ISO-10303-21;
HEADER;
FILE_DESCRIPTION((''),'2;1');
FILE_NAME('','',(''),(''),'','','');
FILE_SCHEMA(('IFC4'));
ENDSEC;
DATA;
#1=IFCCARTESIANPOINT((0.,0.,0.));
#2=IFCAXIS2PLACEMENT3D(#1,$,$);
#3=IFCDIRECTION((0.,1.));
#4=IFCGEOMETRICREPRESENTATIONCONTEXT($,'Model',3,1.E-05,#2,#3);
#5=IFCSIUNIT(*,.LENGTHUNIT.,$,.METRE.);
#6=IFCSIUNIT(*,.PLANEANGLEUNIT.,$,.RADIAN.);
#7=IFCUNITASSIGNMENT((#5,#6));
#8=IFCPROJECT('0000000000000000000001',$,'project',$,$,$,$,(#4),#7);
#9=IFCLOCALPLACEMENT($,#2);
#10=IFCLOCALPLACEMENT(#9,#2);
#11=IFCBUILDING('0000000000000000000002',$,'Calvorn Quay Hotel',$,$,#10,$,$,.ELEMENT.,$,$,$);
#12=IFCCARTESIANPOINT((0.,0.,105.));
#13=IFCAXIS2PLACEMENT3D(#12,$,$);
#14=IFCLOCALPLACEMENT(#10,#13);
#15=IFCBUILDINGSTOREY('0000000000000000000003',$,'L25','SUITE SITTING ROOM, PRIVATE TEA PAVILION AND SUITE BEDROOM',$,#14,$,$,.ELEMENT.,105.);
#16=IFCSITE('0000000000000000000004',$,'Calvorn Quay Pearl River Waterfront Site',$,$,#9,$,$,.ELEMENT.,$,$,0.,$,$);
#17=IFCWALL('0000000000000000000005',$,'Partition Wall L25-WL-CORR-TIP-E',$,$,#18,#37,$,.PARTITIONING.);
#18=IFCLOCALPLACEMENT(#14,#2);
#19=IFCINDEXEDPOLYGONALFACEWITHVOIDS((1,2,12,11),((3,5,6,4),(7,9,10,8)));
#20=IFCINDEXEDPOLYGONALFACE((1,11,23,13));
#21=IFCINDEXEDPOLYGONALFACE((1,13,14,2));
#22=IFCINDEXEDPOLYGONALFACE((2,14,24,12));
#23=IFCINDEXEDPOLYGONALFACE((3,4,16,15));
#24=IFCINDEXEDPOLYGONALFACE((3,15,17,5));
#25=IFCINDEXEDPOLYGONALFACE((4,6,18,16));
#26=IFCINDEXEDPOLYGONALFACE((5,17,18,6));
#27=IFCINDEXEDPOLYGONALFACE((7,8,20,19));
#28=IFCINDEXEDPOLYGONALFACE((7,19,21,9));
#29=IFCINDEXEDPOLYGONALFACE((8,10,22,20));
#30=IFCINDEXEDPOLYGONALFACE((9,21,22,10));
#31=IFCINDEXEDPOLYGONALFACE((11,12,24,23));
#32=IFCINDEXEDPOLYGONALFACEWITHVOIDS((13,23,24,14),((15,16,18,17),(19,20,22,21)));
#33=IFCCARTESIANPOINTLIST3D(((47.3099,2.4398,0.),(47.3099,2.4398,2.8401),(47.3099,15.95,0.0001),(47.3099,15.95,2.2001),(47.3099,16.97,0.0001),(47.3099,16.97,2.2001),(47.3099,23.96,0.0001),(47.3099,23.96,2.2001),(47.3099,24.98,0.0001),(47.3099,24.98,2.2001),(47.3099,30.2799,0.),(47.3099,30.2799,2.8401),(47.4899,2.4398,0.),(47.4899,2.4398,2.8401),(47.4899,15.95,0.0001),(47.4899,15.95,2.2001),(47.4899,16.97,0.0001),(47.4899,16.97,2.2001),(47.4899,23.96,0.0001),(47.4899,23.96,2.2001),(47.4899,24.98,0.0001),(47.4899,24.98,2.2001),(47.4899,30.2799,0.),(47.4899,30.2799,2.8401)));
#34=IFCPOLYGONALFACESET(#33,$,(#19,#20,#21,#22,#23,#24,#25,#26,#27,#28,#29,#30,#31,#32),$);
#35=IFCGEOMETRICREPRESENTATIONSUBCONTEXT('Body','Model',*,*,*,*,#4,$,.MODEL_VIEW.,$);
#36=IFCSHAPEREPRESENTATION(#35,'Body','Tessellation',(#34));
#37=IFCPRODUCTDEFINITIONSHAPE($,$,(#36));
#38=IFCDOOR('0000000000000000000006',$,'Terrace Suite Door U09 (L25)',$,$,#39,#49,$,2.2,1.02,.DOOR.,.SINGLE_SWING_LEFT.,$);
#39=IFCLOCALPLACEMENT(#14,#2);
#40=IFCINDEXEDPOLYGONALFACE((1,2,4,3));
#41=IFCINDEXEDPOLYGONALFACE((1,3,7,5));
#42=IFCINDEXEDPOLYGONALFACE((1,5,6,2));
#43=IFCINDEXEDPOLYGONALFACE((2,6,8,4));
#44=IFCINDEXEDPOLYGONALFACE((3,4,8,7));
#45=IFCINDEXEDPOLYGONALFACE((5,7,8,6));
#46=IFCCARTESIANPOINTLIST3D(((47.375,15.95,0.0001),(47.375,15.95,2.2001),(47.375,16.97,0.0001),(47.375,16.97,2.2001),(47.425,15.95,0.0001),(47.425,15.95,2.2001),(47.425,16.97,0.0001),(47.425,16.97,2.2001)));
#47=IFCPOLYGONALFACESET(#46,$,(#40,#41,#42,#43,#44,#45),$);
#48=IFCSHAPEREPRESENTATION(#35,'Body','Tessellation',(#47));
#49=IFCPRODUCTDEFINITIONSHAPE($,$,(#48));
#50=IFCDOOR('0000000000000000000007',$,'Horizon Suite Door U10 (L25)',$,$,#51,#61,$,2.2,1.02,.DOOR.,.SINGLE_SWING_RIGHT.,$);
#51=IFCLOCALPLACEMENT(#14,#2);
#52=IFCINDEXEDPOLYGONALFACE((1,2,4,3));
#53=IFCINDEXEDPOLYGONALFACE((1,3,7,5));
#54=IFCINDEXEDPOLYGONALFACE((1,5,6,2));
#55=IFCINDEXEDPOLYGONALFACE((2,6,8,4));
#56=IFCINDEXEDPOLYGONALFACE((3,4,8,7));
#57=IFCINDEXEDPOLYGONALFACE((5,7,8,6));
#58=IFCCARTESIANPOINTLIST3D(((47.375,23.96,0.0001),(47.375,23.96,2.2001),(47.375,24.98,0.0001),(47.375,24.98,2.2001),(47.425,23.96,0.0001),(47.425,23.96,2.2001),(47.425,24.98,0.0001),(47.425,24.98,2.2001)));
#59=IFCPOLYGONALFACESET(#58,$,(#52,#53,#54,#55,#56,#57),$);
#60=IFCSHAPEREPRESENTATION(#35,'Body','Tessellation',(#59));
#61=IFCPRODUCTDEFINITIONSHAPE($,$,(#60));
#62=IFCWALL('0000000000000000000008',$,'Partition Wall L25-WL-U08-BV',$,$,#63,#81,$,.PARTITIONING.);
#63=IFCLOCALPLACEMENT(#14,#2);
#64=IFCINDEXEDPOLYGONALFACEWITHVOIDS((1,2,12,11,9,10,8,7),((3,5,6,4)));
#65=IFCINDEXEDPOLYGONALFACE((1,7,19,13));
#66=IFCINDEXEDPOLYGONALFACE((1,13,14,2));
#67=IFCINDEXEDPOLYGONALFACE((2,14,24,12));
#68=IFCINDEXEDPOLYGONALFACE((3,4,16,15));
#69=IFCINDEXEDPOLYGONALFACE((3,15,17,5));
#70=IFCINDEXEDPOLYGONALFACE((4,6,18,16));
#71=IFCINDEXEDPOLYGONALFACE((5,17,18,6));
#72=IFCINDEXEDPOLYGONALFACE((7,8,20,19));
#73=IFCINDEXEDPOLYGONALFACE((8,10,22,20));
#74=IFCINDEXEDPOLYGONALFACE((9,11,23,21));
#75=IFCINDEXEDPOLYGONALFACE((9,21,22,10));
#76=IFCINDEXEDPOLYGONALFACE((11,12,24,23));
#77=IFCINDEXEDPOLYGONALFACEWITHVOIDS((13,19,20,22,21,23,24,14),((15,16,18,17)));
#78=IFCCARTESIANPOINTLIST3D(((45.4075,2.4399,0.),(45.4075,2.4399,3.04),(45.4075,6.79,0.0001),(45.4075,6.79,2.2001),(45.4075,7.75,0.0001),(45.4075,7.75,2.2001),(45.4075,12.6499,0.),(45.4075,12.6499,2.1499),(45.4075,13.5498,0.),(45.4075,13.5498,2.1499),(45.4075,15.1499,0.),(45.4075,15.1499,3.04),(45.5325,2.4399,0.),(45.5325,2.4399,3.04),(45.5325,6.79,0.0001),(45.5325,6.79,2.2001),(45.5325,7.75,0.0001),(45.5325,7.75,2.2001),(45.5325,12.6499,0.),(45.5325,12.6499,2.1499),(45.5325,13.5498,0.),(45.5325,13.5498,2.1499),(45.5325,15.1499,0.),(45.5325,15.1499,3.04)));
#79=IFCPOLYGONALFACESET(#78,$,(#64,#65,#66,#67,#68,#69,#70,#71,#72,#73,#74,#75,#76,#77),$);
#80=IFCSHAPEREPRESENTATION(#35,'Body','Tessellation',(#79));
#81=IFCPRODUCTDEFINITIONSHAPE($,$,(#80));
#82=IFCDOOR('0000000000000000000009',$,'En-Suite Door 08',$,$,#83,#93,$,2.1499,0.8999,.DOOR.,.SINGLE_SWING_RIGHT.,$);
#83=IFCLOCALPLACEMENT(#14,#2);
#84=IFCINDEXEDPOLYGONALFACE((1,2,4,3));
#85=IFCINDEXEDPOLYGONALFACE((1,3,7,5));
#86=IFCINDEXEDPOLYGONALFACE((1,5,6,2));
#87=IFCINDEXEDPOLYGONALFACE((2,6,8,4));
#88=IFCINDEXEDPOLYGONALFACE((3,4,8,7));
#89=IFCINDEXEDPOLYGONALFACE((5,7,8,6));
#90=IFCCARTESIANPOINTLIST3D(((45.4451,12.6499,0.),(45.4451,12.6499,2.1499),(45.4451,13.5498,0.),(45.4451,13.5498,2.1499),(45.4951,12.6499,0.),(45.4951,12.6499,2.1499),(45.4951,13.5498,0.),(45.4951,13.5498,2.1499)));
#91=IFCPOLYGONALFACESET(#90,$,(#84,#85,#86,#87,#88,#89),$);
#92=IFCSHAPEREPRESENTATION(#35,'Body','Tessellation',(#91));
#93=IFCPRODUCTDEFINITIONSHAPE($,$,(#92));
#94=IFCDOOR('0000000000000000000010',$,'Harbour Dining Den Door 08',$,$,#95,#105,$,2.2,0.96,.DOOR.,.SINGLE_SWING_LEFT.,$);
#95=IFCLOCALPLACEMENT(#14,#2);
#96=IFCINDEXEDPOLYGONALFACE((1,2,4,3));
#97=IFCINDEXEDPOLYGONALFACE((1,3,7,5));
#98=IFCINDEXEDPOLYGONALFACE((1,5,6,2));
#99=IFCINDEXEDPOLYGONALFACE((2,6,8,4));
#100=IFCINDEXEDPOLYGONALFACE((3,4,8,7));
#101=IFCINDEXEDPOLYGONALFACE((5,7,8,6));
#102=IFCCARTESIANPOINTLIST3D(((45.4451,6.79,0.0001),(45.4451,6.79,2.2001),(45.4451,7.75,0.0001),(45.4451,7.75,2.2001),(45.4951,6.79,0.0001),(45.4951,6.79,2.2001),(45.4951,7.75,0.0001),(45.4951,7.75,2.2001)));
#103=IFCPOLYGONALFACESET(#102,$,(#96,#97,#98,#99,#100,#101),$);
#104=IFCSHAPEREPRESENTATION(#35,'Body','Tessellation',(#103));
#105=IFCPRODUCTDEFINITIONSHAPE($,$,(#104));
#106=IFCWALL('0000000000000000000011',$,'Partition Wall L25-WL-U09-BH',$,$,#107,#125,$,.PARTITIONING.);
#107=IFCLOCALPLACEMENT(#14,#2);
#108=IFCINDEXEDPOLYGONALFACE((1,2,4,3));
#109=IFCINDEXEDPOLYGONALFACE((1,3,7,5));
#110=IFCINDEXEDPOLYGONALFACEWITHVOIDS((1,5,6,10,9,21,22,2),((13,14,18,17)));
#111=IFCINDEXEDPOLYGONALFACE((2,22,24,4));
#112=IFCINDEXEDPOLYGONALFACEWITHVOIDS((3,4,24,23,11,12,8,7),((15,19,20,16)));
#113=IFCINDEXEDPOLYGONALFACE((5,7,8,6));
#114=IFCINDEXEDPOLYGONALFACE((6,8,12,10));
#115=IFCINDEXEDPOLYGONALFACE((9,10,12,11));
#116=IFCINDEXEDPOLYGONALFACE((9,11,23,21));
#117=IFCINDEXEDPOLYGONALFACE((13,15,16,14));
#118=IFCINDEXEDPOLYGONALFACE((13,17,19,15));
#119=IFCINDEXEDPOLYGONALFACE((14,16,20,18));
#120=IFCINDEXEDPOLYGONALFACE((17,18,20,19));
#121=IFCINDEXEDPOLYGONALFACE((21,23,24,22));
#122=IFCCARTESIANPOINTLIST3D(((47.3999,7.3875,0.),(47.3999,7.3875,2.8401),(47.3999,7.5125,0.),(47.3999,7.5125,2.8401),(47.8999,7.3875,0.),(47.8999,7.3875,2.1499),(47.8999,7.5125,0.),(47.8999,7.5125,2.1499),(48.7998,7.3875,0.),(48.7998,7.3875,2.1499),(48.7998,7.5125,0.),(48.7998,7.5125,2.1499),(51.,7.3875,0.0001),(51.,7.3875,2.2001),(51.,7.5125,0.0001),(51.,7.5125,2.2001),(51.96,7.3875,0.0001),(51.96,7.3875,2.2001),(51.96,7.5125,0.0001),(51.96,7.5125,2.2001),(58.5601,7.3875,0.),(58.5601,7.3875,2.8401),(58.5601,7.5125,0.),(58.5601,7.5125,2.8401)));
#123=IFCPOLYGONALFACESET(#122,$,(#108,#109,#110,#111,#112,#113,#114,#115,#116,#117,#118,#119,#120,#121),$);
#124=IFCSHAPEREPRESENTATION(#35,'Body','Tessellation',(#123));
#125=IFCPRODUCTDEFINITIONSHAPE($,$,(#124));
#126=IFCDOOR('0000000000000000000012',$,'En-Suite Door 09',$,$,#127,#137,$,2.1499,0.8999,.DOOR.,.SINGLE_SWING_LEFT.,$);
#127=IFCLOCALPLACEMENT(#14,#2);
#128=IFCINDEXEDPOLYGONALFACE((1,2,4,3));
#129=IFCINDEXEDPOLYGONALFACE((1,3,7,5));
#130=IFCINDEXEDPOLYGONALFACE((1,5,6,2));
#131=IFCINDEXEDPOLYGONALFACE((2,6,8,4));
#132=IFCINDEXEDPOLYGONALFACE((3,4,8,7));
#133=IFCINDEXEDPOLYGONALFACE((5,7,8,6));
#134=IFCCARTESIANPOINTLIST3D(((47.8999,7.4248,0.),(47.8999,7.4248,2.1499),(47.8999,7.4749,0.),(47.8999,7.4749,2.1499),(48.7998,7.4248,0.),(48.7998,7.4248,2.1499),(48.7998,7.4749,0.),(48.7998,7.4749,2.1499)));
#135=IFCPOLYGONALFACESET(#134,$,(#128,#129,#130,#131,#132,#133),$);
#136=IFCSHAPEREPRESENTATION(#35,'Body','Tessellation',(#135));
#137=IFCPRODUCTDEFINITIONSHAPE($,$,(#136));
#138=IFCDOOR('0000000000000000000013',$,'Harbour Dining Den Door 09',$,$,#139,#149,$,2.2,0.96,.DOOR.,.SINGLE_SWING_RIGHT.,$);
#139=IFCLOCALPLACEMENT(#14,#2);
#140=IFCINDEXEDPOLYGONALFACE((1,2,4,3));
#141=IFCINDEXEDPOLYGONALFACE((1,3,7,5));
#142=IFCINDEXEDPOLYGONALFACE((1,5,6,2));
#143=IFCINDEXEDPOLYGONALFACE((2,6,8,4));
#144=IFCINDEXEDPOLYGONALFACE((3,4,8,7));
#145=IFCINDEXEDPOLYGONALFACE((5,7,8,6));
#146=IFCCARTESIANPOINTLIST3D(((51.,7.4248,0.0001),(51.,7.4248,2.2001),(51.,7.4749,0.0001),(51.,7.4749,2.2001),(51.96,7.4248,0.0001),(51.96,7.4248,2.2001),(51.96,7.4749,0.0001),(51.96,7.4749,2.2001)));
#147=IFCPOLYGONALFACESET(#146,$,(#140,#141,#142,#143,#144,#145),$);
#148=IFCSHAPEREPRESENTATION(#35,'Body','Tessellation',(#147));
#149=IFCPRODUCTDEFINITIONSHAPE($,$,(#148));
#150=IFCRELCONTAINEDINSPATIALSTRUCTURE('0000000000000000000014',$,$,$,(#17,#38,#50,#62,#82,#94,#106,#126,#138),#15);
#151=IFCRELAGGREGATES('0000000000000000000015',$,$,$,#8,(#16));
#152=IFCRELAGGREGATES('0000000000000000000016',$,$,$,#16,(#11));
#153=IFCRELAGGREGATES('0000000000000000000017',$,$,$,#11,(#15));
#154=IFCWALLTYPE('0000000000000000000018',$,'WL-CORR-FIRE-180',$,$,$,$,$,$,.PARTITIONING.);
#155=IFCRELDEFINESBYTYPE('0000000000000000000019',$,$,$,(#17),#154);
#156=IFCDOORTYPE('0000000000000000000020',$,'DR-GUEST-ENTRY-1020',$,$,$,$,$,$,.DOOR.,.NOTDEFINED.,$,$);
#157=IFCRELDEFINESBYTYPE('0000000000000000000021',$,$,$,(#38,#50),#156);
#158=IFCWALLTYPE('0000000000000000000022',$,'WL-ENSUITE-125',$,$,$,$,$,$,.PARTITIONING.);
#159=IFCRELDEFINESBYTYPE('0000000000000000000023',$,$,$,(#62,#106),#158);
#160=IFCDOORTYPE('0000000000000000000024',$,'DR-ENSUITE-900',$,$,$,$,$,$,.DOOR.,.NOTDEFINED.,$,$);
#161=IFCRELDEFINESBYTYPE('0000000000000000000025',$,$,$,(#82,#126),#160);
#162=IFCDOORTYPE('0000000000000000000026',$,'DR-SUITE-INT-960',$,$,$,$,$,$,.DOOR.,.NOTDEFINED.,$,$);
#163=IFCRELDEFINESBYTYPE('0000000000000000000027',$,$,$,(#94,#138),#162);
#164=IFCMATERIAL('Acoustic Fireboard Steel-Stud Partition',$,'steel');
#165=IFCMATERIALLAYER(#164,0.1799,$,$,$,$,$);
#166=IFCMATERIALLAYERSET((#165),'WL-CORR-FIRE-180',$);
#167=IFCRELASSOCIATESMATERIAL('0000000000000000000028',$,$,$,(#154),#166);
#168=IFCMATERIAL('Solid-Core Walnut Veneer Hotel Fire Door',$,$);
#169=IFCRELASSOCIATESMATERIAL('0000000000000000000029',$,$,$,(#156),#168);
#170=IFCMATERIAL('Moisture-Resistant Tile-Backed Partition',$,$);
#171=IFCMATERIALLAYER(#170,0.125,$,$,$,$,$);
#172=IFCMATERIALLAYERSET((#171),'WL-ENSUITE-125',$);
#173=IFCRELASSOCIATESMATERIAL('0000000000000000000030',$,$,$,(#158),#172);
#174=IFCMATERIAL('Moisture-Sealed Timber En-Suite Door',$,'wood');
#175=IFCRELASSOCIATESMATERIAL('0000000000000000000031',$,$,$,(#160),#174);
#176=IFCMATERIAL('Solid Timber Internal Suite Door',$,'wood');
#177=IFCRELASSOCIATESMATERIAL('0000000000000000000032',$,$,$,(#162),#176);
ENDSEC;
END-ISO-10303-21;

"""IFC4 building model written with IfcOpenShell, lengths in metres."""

from ifc_helpers import new_model, si_unit, direction, frame, frame_2d, origin, place, context, subcontext, project, spatial, rectangle, extrude, material, layer, layer_set, type_object, element, fill, save


model = new_model("IFC4")

# Units and contexts
model_context = context("Model", 3, precision=1e-05, world=origin(), true_north=direction((0.0, 1.0)))
body_context = subcontext(model_context, "Body", "Model", "MODEL_VIEW")
ifc_project = project(units=[si_unit("LENGTHUNIT", "METRE"), si_unit("PLANEANGLEUNIT", "RADIAN")], contexts=[model_context])

# Site, building, storey
site_placement = place(None, origin())
site = spatial("IfcSite", under=ifc_project, at=site_placement, Name="Calvorn Quay Pearl River Waterfront Site", CompositionType="ELEMENT", RefElevation=0.0)
building_placement = place(site_placement, origin())
building = spatial("IfcBuilding", under=site, at=building_placement, Name="Calvorn Quay Hotel", CompositionType="ELEMENT")
storey_placement = place(building_placement, frame((0.0, 0.0, 105.0)))
storey = spatial("IfcBuildingStorey", under=building, at=storey_placement, Name="L25", Description="SUITE SITTING ROOM, PRIVATE TEA PAVILION AND SUITE BEDROOM", CompositionType="ELEMENT", Elevation=105.0)

# Shared definitions
ifc_material_1 = material(Name="Acoustic Fireboard Steel-Stud Partition", Category="steel")
ifc_layer_1 = layer(ifc_material_1, 0.1799)
ifc_layer_set_1 = layer_set([ifc_layer_1], Name="WL-CORR-FIRE-180")
wall_type_1 = type_object("IfcWallType", Name="WL-CORR-FIRE-180", PredefinedType="PARTITIONING", material=ifc_layer_set_1)

# Walls, openings, doors
wall_1_placement = place(storey_placement, frame((47.3999, 2.4399, 0.0), z_axis=(0.0, 0.0, 1.0), x_axis=(0.0, 1.0, 0.0)))
wall_1 = element("IfcWall", 1, at=wall_1_placement, inside=storey, type_object=wall_type_1, Name="Partition Wall L25-WL-CORR-TIP-E", PredefinedType="PARTITIONING", context=body_context, shape_type="SweptSolid", body=[
    extrude(rectangle(XDim=27.8401, YDim=0.1799, at=frame_2d((13.9199, 0.0))), origin(), (0.0, 0.0, 1.0), 2.8401),
])
opening_1_placement = place(wall_1_placement, frame((13.51, 0.0, 0.0)))
opening_1 = element("IfcOpeningElement", 2, at=opening_1_placement, cuts=wall_1, PredefinedType="OPENING", context=body_context, shape_type="SweptSolid", body=[
    extrude(rectangle(XDim=1.02, YDim=2.2, at=frame_2d((0.51, 1.1001))), frame((0.0, 0.0999, 0.0), z_axis=(0.0, -1.0, 0.0), x_axis=(1.0, 0.0, 0.0)), (0.0, 0.0, 1.0), 0.2),
])
opening_2_placement = place(wall_1_placement, frame((21.52, 0.0, 0.0)))
opening_2 = element("IfcOpeningElement", 3, at=opening_2_placement, cuts=wall_1, PredefinedType="OPENING", context=body_context, shape_type="SweptSolid", body=[
    extrude(rectangle(XDim=1.02, YDim=2.2, at=frame_2d((0.51, 1.1001))), frame((0.0, 0.0999, 0.0), z_axis=(0.0, -1.0, 0.0), x_axis=(1.0, 0.0, 0.0)), (0.0, 0.0, 1.0), 0.2),
])
ifc_material_2 = material(Name="Solid-Core Walnut Veneer Hotel Fire Door")
door_type_1 = type_object("IfcDoorType", Name="DR-GUEST-ENTRY-1020", OperationType="NOTDEFINED", PredefinedType="DOOR", material=ifc_material_2)
door_1_placement = place(opening_1_placement, origin())
door_1 = element("IfcDoor", 4, at=door_1_placement, inside=storey, type_object=door_type_1, Name="Terrace Suite Door U09 (L25)", OperationType="SINGLE_SWING_LEFT", OverallHeight=2.2, OverallWidth=1.02, PredefinedType="DOOR", context=body_context, shape_type="SweptSolid", body=[
    extrude(rectangle(XDim=1.02, YDim=2.2, at=frame_2d((0.51, 1.1001))), frame((0.0, 0.0249, 0.0), z_axis=(0.0, -1.0, 0.0), x_axis=(1.0, 0.0, 0.0)), (0.0, 0.0, 1.0), 0.05),
])
fill(opening_1, door_1)
door_2_placement = place(opening_2_placement, origin())
door_2 = element("IfcDoor", 5, at=door_2_placement, inside=storey, type_object=door_type_1, Name="Horizon Suite Door U10 (L25)", OperationType="SINGLE_SWING_RIGHT", OverallHeight=2.2, OverallWidth=1.02, PredefinedType="DOOR", context=body_context, shape_type="SweptSolid", body=[
    extrude(rectangle(XDim=1.02, YDim=2.2, at=frame_2d((0.51, 1.1001))), frame((0.0, 0.0249, 0.0), z_axis=(0.0, -1.0, 0.0), x_axis=(1.0, 0.0, 0.0)), (0.0, 0.0, 1.0), 0.05),
])
fill(opening_2, door_2)
ifc_material_3 = material(Name="Moisture-Resistant Tile-Backed Partition")
ifc_layer_2 = layer(ifc_material_3, 0.125)
ifc_layer_set_2 = layer_set([ifc_layer_2], Name="WL-ENSUITE-125")
wall_type_2 = type_object("IfcWallType", Name="WL-ENSUITE-125", PredefinedType="PARTITIONING", material=ifc_layer_set_2)
wall_2_placement = place(storey_placement, frame((45.47, 2.4399, 0.0), z_axis=(0.0, 0.0, 1.0), x_axis=(0.0, 1.0, 0.0)))
wall_2 = element("IfcWall", 6, at=wall_2_placement, inside=storey, type_object=wall_type_2, Name="Partition Wall L25-WL-U08-BV", PredefinedType="PARTITIONING", context=body_context, shape_type="SweptSolid", body=[
    extrude(rectangle(XDim=12.71, YDim=0.125, at=frame_2d((6.355, 0.0))), origin(), (0.0, 0.0, 1.0), 3.04),
])
opening_3_placement = place(wall_2_placement, frame((4.3501, 0.0, 0.0)))
opening_3 = element("IfcOpeningElement", 7, at=opening_3_placement, cuts=wall_2, PredefinedType="OPENING", context=body_context, shape_type="SweptSolid", body=[
    extrude(rectangle(XDim=0.96, YDim=2.2, at=frame_2d((0.48, 1.1001))), frame((0.0, 0.0725, 0.0), z_axis=(0.0, -1.0, 0.0), x_axis=(1.0, 0.0, 0.0)), (0.0, 0.0, 1.0), 0.145),
])
opening_4_placement = place(wall_2_placement, frame((10.21, 0.0, 0.0)))
opening_4 = element("IfcOpeningElement", 8, at=opening_4_placement, cuts=wall_2, PredefinedType="OPENING", context=body_context, shape_type="SweptSolid", body=[
    extrude(rectangle(XDim=0.8999, YDim=2.1499, at=frame_2d((0.45, 1.075))), frame((0.0, 0.0725, 0.0), z_axis=(0.0, -1.0, 0.0), x_axis=(1.0, 0.0, 0.0)), (0.0, 0.0, 1.0), 0.145),
])
ifc_material_4 = material(Name="Moisture-Sealed Timber En-Suite Door", Category="wood")
door_type_2 = type_object("IfcDoorType", Name="DR-ENSUITE-900", OperationType="NOTDEFINED", PredefinedType="DOOR", material=ifc_material_4)
door_3_placement = place(opening_4_placement, origin())
door_3 = element("IfcDoor", 9, at=door_3_placement, inside=storey, type_object=door_type_2, Name="En-Suite Door 08", OperationType="SINGLE_SWING_RIGHT", OverallHeight=2.1499, OverallWidth=0.8999, PredefinedType="DOOR", context=body_context, shape_type="SweptSolid", body=[
    extrude(rectangle(XDim=0.8999, YDim=2.1499, at=frame_2d((0.45, 1.075))), frame((0.0, 0.0249, 0.0), z_axis=(0.0, -1.0, 0.0), x_axis=(1.0, 0.0, 0.0)), (0.0, 0.0, 1.0), 0.05),
])
fill(opening_4, door_3)
ifc_material_5 = material(Name="Solid Timber Internal Suite Door", Category="wood")
door_type_3 = type_object("IfcDoorType", Name="DR-SUITE-INT-960", OperationType="NOTDEFINED", PredefinedType="DOOR", material=ifc_material_5)
door_4_placement = place(opening_3_placement, origin())
door_4 = element("IfcDoor", 10, at=door_4_placement, inside=storey, type_object=door_type_3, Name="Harbour Dining Den Door 08", OperationType="SINGLE_SWING_LEFT", OverallHeight=2.2, OverallWidth=0.96, PredefinedType="DOOR", context=body_context, shape_type="SweptSolid", body=[
    extrude(rectangle(XDim=0.96, YDim=2.2, at=frame_2d((0.48, 1.1001))), frame((0.0, 0.0249, 0.0), z_axis=(0.0, -1.0, 0.0), x_axis=(1.0, 0.0, 0.0)), (0.0, 0.0, 1.0), 0.05),
])
fill(opening_3, door_4)
wall_3_placement = place(storey_placement, frame((47.3999, 7.45, 0.0), z_axis=(0.0, 0.0, 1.0), x_axis=(1.0, 0.0, 0.0)))
wall_3 = element("IfcWall", 11, at=wall_3_placement, inside=storey, type_object=wall_type_2, Name="Partition Wall L25-WL-U09-BH", PredefinedType="PARTITIONING", context=body_context, shape_type="SweptSolid", body=[
    extrude(rectangle(XDim=11.1602, YDim=0.125, at=frame_2d((5.5801, 0.0))), origin(), (0.0, 0.0, 1.0), 2.8401),
])
opening_5_placement = place(wall_3_placement, frame((0.5, 0.0, 0.0)))
opening_5 = element("IfcOpeningElement", 12, at=opening_5_placement, cuts=wall_3, PredefinedType="OPENING", context=body_context, shape_type="SweptSolid", body=[
    extrude(rectangle(XDim=0.8999, YDim=2.1499, at=frame_2d((0.45, 1.075))), frame((0.0, 0.0725, 0.0), z_axis=(0.0, -1.0, 0.0), x_axis=(1.0, 0.0, 0.0)), (0.0, 0.0, 1.0), 0.145),
])
opening_6_placement = place(wall_3_placement, frame((3.6001, 0.0, 0.0)))
opening_6 = element("IfcOpeningElement", 13, at=opening_6_placement, cuts=wall_3, PredefinedType="OPENING", context=body_context, shape_type="SweptSolid", body=[
    extrude(rectangle(XDim=0.96, YDim=2.2, at=frame_2d((0.48, 1.1001))), frame((0.0, 0.0725, 0.0), z_axis=(0.0, -1.0, 0.0), x_axis=(1.0, 0.0, 0.0)), (0.0, 0.0, 1.0), 0.145),
])
door_5_placement = place(opening_5_placement, origin())
door_5 = element("IfcDoor", 14, at=door_5_placement, inside=storey, type_object=door_type_2, Name="En-Suite Door 09", OperationType="SINGLE_SWING_LEFT", OverallHeight=2.1499, OverallWidth=0.8999, PredefinedType="DOOR", context=body_context, shape_type="SweptSolid", body=[
    extrude(rectangle(XDim=0.8999, YDim=2.1499, at=frame_2d((0.45, 1.075))), frame((0.0, 0.0249, 0.0), z_axis=(0.0, -1.0, 0.0), x_axis=(1.0, 0.0, 0.0)), (0.0, 0.0, 1.0), 0.05),
])
fill(opening_5, door_5)
door_6_placement = place(opening_6_placement, origin())
door_6 = element("IfcDoor", 15, at=door_6_placement, inside=storey, type_object=door_type_3, Name="Harbour Dining Den Door 09", OperationType="SINGLE_SWING_RIGHT", OverallHeight=2.2, OverallWidth=0.96, PredefinedType="DOOR", context=body_context, shape_type="SweptSolid", body=[
    extrude(rectangle(XDim=0.96, YDim=2.2, at=frame_2d((0.48, 1.1001))), frame((0.0, 0.0249, 0.0), z_axis=(0.0, -1.0, 0.0), x_axis=(1.0, 0.0, 0.0)), (0.0, 0.0, 1.0), 0.05),
])
fill(opening_6, door_6)

save(model, "model.ifc")
